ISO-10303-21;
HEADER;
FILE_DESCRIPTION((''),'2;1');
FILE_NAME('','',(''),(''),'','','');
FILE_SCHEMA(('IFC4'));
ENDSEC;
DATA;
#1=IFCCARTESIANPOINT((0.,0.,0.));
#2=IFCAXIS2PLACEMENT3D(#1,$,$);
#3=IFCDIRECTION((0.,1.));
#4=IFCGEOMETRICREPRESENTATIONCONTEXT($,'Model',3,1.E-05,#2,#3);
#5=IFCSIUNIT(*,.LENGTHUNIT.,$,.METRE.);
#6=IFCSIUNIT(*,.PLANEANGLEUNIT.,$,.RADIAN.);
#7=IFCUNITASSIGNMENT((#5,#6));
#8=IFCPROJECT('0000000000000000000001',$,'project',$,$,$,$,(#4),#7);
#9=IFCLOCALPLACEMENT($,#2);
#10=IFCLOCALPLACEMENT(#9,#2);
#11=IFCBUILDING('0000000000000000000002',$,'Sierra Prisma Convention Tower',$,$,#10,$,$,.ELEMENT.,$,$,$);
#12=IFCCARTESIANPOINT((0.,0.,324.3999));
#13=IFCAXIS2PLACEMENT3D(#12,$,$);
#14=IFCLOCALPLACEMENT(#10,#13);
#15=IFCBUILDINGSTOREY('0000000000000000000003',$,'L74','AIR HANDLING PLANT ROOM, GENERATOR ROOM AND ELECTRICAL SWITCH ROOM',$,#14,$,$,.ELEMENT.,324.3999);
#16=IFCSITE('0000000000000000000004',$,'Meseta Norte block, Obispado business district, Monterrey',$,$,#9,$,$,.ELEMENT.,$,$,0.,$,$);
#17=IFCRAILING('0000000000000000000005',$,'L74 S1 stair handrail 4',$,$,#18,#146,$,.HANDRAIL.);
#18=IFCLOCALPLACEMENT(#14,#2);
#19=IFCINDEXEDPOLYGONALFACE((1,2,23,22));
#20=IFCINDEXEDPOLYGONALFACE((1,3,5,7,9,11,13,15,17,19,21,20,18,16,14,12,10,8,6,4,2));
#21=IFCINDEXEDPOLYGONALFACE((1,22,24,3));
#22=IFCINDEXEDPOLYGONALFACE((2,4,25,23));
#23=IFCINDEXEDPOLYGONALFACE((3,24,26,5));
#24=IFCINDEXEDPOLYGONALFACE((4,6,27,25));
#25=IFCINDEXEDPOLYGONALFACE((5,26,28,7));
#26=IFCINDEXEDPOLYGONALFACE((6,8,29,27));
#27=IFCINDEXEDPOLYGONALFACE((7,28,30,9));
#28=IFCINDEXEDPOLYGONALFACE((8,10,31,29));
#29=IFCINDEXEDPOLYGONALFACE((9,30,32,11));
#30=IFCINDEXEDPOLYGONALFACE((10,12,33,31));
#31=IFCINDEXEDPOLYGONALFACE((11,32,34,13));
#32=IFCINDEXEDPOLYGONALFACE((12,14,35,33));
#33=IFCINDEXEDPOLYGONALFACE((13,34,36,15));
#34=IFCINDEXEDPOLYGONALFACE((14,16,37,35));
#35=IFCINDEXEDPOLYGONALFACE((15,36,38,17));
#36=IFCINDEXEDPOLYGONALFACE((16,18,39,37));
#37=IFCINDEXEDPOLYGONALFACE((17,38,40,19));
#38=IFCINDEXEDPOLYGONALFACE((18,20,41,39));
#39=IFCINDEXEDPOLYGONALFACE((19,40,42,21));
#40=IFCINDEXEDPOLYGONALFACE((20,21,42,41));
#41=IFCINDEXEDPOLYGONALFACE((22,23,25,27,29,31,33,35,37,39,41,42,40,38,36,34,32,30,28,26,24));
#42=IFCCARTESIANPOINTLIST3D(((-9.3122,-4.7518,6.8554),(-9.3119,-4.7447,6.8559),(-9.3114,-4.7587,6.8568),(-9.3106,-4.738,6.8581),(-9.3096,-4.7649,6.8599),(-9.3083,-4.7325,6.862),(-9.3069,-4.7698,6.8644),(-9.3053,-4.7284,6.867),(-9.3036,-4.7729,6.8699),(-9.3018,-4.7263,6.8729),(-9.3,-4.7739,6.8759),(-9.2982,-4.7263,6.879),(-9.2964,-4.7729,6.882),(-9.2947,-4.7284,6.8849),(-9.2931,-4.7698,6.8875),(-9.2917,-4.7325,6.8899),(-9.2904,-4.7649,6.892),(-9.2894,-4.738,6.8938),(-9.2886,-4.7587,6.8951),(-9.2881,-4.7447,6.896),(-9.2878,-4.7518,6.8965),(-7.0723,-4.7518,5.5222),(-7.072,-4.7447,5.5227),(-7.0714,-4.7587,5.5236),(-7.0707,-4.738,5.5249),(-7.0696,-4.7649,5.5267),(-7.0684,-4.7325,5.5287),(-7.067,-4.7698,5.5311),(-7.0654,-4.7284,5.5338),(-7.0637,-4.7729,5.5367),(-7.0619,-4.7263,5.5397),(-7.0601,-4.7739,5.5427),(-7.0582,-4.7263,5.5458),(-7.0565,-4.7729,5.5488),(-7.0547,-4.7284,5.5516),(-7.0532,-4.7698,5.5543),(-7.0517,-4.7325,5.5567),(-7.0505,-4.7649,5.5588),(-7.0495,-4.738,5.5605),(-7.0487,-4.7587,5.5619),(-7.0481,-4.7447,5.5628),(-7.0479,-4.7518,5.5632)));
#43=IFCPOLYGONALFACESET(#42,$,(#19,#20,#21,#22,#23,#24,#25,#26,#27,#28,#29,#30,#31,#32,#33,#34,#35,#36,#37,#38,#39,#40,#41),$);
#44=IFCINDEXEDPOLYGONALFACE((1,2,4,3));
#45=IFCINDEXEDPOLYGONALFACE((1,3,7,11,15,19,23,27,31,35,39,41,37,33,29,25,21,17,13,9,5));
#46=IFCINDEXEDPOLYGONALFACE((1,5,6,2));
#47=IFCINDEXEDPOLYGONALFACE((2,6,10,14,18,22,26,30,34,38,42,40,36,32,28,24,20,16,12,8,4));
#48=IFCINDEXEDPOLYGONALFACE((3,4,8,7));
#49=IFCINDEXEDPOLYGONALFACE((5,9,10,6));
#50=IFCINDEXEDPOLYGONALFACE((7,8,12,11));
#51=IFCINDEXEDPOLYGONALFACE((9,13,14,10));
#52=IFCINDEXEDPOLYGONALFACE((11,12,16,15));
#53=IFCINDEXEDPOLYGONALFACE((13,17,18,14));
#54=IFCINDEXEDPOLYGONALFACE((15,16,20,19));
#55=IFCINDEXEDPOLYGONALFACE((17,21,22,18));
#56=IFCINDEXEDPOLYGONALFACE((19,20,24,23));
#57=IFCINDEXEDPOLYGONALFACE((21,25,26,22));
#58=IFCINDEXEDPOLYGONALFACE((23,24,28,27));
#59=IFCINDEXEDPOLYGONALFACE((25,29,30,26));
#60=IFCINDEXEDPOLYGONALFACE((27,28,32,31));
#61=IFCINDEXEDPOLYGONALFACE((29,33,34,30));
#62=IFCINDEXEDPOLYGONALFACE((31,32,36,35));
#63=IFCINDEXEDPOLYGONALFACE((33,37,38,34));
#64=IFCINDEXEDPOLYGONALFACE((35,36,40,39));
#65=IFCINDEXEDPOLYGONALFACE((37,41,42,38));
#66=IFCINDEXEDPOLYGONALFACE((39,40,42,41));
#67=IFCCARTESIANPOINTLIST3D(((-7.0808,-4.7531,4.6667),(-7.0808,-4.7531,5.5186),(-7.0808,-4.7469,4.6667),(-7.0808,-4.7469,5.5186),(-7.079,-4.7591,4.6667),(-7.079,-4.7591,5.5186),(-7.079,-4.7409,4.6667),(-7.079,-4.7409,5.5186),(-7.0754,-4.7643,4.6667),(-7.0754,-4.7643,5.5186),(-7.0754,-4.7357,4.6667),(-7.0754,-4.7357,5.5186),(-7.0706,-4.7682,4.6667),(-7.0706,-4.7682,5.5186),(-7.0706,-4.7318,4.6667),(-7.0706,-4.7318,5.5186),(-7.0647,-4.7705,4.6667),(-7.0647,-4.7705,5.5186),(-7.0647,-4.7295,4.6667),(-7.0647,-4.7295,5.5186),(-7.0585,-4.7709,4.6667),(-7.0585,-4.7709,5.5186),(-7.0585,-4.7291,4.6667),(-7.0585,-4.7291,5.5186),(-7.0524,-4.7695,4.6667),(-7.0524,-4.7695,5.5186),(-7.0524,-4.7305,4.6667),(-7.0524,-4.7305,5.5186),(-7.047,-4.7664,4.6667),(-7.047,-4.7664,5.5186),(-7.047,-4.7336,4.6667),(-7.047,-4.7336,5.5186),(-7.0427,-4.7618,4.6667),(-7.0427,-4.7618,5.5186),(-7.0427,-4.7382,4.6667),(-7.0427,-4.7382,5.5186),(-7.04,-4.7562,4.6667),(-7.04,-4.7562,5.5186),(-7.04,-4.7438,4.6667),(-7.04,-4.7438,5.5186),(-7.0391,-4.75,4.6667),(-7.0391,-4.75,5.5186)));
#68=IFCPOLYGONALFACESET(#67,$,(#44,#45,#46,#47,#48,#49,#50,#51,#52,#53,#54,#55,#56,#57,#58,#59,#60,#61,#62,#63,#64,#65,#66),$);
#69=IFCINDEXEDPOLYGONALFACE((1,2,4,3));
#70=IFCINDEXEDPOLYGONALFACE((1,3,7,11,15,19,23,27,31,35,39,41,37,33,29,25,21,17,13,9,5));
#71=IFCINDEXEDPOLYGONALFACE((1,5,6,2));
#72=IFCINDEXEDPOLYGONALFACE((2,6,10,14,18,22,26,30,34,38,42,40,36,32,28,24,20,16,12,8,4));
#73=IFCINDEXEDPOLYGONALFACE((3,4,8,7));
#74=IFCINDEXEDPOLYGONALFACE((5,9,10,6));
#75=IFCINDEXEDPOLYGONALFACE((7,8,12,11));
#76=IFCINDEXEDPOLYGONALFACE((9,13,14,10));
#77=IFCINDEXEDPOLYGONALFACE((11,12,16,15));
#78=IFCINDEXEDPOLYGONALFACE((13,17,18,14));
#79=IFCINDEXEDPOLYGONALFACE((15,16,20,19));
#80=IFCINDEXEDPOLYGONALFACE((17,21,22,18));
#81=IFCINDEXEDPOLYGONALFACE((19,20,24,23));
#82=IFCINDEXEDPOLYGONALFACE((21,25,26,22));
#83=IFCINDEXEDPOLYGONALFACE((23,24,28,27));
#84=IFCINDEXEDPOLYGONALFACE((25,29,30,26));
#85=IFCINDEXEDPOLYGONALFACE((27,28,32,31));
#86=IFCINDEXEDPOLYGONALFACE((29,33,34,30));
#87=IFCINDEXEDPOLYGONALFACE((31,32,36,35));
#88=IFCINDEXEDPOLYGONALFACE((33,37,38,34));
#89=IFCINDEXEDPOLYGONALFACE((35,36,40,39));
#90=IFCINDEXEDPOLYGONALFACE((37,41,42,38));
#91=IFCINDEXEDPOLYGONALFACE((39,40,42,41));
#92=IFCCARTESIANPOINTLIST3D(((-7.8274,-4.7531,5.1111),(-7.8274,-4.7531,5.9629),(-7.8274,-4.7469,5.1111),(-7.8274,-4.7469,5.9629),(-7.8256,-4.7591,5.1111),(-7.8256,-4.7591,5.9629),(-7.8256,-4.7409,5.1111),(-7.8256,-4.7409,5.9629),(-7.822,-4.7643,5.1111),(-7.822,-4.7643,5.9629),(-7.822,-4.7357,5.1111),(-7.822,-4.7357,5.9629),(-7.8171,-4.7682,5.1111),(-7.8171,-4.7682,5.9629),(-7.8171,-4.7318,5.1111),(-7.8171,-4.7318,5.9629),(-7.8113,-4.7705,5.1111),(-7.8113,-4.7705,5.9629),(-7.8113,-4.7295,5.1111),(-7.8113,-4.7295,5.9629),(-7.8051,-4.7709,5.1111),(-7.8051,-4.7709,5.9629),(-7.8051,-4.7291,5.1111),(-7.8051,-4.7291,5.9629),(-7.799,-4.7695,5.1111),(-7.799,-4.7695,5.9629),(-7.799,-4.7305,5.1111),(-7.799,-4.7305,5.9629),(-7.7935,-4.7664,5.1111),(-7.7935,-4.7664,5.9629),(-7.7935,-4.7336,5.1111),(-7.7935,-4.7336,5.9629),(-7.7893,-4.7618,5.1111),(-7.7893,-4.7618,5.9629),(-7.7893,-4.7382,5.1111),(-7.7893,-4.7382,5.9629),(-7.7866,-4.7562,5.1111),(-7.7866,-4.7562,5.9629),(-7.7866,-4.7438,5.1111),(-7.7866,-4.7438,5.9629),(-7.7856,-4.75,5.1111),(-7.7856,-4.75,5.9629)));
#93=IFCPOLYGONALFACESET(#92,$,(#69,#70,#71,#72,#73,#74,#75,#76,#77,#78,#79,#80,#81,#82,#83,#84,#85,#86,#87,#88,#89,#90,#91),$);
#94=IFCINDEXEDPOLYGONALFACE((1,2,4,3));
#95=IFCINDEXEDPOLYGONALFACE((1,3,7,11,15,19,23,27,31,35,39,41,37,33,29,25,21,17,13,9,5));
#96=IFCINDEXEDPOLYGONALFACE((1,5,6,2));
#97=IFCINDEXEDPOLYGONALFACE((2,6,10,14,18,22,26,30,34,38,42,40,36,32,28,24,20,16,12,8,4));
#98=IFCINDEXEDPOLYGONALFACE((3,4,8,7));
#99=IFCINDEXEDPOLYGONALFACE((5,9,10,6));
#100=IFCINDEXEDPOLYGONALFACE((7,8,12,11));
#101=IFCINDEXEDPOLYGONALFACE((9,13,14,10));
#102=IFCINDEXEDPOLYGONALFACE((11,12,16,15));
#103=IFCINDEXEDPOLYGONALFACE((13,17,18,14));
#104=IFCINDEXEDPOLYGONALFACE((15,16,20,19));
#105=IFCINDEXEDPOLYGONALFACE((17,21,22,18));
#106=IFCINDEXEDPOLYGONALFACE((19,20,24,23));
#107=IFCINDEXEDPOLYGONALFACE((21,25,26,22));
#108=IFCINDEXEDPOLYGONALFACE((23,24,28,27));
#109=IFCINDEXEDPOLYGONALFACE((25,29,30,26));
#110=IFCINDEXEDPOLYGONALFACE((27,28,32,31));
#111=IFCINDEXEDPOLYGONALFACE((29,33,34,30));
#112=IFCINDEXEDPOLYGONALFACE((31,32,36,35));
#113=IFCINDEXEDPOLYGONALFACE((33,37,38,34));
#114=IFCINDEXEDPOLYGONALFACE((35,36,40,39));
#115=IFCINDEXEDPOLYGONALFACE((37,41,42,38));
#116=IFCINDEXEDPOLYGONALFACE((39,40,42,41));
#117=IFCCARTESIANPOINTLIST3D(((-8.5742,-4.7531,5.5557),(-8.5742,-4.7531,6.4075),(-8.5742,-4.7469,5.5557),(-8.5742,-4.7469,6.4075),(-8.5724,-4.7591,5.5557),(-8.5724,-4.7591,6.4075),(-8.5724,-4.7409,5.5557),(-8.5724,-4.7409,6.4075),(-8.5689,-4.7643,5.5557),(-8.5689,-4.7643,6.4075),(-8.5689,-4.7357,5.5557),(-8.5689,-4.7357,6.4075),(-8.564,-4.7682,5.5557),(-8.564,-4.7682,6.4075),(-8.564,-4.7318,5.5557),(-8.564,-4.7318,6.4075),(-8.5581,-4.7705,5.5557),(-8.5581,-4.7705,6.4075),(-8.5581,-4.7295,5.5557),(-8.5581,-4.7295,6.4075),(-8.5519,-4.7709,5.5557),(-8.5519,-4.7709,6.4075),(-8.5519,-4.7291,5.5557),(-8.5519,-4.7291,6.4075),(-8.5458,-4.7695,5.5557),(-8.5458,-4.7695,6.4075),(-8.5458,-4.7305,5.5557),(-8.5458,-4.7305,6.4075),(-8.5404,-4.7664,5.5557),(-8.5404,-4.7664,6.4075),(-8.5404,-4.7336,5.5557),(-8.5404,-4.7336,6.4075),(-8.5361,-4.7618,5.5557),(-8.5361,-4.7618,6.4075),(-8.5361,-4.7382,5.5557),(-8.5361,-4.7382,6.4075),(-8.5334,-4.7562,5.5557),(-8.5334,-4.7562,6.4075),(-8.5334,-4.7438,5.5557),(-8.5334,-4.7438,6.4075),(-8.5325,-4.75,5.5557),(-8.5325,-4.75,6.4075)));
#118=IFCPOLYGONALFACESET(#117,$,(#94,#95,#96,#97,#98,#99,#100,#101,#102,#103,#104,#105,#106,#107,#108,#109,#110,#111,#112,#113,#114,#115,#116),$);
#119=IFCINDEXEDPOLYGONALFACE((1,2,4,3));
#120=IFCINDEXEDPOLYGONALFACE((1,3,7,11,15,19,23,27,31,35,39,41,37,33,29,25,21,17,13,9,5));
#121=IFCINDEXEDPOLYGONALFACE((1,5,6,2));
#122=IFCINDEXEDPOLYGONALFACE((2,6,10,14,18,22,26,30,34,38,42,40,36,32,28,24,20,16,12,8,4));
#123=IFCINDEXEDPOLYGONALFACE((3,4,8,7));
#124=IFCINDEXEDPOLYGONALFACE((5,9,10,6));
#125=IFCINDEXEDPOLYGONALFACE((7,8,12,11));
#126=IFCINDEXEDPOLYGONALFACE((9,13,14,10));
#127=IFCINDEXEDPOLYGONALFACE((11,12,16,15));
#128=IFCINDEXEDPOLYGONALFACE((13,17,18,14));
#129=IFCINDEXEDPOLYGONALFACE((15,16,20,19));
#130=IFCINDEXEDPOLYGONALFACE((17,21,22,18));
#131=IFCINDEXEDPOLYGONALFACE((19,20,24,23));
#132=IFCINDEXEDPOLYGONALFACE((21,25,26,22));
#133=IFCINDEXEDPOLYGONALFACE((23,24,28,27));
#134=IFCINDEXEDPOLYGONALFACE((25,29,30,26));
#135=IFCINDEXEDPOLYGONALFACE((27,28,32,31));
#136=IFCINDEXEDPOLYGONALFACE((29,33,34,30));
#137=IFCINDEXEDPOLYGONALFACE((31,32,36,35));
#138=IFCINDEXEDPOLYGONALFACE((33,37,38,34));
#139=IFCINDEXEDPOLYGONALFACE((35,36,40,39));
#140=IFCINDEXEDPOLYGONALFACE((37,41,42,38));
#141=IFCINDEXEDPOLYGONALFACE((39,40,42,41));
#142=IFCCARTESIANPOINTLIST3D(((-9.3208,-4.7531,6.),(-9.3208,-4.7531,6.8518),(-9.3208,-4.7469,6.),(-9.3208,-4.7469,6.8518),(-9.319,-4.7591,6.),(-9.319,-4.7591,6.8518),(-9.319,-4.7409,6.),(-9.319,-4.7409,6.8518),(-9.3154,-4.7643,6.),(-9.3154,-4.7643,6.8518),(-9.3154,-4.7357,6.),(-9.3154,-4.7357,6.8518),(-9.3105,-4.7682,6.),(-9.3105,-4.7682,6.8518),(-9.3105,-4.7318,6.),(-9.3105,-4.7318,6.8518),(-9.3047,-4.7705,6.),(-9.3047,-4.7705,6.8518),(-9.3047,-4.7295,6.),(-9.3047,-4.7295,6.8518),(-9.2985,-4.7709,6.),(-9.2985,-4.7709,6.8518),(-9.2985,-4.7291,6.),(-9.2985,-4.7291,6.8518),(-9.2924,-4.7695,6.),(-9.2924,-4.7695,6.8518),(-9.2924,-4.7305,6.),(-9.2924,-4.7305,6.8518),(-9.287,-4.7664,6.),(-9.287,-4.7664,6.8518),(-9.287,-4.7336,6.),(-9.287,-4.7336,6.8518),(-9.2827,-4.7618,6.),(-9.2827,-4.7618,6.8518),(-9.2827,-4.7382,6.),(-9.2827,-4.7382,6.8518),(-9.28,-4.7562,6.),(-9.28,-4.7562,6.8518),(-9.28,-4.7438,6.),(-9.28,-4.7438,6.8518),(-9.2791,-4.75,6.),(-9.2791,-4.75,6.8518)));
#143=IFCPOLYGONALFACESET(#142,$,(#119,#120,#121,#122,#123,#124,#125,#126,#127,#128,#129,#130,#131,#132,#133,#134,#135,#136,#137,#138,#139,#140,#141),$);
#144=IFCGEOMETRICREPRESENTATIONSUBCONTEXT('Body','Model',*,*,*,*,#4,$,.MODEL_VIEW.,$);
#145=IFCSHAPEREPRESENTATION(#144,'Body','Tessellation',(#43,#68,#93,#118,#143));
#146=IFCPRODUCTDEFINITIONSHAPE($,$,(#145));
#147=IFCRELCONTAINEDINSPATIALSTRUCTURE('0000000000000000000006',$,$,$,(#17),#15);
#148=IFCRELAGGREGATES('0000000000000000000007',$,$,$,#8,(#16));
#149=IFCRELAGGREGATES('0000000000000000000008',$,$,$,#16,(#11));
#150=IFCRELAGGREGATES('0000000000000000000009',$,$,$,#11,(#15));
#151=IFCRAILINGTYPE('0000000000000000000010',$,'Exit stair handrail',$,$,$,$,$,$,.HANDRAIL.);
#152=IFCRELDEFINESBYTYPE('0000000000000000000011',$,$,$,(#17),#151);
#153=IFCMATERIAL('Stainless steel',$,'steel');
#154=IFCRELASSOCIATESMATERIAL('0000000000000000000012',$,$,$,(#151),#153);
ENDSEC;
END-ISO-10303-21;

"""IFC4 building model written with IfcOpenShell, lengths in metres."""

from ifc_helpers import new_model, si_unit, direction, frame, origin, origin_2d, place, context, subcontext, project, spatial, circle, extrude, material, type_object, element, save


model = new_model("IFC4")

# Units and contexts
model_context = context("Model", 3, precision=1e-05, world=origin(), true_north=direction((0.0, 1.0)))
body_context = subcontext(model_context, "Body", "Model", "MODEL_VIEW")
ifc_project = project(units=[si_unit("LENGTHUNIT", "METRE"), si_unit("PLANEANGLEUNIT", "RADIAN")], contexts=[model_context])

# Site, building, storey
site_placement = place(None, origin())
site = spatial("IfcSite", under=ifc_project, at=site_placement, Name="Meseta Norte block, Obispado business district, Monterrey", CompositionType="ELEMENT", RefElevation=0.0)
building_placement = place(site_placement, origin())
building = spatial("IfcBuilding", under=site, at=building_placement, Name="Sierra Prisma Convention Tower", CompositionType="ELEMENT")
storey_placement = place(building_placement, frame((0.0, 0.0, 324.3999)))
storey = spatial("IfcBuildingStorey", under=building, at=storey_placement, Name="L74", Description="AIR HANDLING PLANT ROOM, GENERATOR ROOM AND ELECTRICAL SWITCH ROOM", CompositionType="ELEMENT", Elevation=324.3999)

# Railing
ifc_material_1 = material(Name="Stainless steel", Category="steel")
railing_type_1 = type_object("IfcRailingType", Name="Exit stair handrail", PredefinedType="HANDRAIL", material=ifc_material_1)
for number, where, name in (
    (1, (-7.0601, -4.75, 4.6667), "L74 S1 stair handrail 4"),
):
    element("IfcRailing", number, at=place(storey_placement, frame(where)), inside=storey, type_object=railing_type_1, Name=name, PredefinedType="HANDRAIL", context=body_context, shape_type="SweptSolid", body=[
        extrude(circle(Radius=0.0239, at=origin_2d()), frame((0.0, 0.0, 0.876), z_axis=(-0.859306, 0.0, 0.511462), x_axis=(0.0, -1.0, 0.0)), (0.0, 0.0, 1.0), 2.6067),
        extrude(circle(Radius=0.021, at=origin_2d()), origin(), (0.0, 0.0, 1.0), 0.8518),
        extrude(circle(Radius=0.021, at=origin_2d()), frame((-0.7466, 0.0, 0.4443)), (0.0, 0.0, 1.0), 0.8518),
        extrude(circle(Radius=0.021, at=origin_2d()), frame((-1.4934, 0.0, 0.8889)), (0.0, 0.0, 1.0), 0.8518),
        extrude(circle(Radius=0.021, at=origin_2d()), frame((-2.24, 0.0, 1.3333)), (0.0, 0.0, 1.0), 0.8518),
    ])

save(model, "model.ifc")
